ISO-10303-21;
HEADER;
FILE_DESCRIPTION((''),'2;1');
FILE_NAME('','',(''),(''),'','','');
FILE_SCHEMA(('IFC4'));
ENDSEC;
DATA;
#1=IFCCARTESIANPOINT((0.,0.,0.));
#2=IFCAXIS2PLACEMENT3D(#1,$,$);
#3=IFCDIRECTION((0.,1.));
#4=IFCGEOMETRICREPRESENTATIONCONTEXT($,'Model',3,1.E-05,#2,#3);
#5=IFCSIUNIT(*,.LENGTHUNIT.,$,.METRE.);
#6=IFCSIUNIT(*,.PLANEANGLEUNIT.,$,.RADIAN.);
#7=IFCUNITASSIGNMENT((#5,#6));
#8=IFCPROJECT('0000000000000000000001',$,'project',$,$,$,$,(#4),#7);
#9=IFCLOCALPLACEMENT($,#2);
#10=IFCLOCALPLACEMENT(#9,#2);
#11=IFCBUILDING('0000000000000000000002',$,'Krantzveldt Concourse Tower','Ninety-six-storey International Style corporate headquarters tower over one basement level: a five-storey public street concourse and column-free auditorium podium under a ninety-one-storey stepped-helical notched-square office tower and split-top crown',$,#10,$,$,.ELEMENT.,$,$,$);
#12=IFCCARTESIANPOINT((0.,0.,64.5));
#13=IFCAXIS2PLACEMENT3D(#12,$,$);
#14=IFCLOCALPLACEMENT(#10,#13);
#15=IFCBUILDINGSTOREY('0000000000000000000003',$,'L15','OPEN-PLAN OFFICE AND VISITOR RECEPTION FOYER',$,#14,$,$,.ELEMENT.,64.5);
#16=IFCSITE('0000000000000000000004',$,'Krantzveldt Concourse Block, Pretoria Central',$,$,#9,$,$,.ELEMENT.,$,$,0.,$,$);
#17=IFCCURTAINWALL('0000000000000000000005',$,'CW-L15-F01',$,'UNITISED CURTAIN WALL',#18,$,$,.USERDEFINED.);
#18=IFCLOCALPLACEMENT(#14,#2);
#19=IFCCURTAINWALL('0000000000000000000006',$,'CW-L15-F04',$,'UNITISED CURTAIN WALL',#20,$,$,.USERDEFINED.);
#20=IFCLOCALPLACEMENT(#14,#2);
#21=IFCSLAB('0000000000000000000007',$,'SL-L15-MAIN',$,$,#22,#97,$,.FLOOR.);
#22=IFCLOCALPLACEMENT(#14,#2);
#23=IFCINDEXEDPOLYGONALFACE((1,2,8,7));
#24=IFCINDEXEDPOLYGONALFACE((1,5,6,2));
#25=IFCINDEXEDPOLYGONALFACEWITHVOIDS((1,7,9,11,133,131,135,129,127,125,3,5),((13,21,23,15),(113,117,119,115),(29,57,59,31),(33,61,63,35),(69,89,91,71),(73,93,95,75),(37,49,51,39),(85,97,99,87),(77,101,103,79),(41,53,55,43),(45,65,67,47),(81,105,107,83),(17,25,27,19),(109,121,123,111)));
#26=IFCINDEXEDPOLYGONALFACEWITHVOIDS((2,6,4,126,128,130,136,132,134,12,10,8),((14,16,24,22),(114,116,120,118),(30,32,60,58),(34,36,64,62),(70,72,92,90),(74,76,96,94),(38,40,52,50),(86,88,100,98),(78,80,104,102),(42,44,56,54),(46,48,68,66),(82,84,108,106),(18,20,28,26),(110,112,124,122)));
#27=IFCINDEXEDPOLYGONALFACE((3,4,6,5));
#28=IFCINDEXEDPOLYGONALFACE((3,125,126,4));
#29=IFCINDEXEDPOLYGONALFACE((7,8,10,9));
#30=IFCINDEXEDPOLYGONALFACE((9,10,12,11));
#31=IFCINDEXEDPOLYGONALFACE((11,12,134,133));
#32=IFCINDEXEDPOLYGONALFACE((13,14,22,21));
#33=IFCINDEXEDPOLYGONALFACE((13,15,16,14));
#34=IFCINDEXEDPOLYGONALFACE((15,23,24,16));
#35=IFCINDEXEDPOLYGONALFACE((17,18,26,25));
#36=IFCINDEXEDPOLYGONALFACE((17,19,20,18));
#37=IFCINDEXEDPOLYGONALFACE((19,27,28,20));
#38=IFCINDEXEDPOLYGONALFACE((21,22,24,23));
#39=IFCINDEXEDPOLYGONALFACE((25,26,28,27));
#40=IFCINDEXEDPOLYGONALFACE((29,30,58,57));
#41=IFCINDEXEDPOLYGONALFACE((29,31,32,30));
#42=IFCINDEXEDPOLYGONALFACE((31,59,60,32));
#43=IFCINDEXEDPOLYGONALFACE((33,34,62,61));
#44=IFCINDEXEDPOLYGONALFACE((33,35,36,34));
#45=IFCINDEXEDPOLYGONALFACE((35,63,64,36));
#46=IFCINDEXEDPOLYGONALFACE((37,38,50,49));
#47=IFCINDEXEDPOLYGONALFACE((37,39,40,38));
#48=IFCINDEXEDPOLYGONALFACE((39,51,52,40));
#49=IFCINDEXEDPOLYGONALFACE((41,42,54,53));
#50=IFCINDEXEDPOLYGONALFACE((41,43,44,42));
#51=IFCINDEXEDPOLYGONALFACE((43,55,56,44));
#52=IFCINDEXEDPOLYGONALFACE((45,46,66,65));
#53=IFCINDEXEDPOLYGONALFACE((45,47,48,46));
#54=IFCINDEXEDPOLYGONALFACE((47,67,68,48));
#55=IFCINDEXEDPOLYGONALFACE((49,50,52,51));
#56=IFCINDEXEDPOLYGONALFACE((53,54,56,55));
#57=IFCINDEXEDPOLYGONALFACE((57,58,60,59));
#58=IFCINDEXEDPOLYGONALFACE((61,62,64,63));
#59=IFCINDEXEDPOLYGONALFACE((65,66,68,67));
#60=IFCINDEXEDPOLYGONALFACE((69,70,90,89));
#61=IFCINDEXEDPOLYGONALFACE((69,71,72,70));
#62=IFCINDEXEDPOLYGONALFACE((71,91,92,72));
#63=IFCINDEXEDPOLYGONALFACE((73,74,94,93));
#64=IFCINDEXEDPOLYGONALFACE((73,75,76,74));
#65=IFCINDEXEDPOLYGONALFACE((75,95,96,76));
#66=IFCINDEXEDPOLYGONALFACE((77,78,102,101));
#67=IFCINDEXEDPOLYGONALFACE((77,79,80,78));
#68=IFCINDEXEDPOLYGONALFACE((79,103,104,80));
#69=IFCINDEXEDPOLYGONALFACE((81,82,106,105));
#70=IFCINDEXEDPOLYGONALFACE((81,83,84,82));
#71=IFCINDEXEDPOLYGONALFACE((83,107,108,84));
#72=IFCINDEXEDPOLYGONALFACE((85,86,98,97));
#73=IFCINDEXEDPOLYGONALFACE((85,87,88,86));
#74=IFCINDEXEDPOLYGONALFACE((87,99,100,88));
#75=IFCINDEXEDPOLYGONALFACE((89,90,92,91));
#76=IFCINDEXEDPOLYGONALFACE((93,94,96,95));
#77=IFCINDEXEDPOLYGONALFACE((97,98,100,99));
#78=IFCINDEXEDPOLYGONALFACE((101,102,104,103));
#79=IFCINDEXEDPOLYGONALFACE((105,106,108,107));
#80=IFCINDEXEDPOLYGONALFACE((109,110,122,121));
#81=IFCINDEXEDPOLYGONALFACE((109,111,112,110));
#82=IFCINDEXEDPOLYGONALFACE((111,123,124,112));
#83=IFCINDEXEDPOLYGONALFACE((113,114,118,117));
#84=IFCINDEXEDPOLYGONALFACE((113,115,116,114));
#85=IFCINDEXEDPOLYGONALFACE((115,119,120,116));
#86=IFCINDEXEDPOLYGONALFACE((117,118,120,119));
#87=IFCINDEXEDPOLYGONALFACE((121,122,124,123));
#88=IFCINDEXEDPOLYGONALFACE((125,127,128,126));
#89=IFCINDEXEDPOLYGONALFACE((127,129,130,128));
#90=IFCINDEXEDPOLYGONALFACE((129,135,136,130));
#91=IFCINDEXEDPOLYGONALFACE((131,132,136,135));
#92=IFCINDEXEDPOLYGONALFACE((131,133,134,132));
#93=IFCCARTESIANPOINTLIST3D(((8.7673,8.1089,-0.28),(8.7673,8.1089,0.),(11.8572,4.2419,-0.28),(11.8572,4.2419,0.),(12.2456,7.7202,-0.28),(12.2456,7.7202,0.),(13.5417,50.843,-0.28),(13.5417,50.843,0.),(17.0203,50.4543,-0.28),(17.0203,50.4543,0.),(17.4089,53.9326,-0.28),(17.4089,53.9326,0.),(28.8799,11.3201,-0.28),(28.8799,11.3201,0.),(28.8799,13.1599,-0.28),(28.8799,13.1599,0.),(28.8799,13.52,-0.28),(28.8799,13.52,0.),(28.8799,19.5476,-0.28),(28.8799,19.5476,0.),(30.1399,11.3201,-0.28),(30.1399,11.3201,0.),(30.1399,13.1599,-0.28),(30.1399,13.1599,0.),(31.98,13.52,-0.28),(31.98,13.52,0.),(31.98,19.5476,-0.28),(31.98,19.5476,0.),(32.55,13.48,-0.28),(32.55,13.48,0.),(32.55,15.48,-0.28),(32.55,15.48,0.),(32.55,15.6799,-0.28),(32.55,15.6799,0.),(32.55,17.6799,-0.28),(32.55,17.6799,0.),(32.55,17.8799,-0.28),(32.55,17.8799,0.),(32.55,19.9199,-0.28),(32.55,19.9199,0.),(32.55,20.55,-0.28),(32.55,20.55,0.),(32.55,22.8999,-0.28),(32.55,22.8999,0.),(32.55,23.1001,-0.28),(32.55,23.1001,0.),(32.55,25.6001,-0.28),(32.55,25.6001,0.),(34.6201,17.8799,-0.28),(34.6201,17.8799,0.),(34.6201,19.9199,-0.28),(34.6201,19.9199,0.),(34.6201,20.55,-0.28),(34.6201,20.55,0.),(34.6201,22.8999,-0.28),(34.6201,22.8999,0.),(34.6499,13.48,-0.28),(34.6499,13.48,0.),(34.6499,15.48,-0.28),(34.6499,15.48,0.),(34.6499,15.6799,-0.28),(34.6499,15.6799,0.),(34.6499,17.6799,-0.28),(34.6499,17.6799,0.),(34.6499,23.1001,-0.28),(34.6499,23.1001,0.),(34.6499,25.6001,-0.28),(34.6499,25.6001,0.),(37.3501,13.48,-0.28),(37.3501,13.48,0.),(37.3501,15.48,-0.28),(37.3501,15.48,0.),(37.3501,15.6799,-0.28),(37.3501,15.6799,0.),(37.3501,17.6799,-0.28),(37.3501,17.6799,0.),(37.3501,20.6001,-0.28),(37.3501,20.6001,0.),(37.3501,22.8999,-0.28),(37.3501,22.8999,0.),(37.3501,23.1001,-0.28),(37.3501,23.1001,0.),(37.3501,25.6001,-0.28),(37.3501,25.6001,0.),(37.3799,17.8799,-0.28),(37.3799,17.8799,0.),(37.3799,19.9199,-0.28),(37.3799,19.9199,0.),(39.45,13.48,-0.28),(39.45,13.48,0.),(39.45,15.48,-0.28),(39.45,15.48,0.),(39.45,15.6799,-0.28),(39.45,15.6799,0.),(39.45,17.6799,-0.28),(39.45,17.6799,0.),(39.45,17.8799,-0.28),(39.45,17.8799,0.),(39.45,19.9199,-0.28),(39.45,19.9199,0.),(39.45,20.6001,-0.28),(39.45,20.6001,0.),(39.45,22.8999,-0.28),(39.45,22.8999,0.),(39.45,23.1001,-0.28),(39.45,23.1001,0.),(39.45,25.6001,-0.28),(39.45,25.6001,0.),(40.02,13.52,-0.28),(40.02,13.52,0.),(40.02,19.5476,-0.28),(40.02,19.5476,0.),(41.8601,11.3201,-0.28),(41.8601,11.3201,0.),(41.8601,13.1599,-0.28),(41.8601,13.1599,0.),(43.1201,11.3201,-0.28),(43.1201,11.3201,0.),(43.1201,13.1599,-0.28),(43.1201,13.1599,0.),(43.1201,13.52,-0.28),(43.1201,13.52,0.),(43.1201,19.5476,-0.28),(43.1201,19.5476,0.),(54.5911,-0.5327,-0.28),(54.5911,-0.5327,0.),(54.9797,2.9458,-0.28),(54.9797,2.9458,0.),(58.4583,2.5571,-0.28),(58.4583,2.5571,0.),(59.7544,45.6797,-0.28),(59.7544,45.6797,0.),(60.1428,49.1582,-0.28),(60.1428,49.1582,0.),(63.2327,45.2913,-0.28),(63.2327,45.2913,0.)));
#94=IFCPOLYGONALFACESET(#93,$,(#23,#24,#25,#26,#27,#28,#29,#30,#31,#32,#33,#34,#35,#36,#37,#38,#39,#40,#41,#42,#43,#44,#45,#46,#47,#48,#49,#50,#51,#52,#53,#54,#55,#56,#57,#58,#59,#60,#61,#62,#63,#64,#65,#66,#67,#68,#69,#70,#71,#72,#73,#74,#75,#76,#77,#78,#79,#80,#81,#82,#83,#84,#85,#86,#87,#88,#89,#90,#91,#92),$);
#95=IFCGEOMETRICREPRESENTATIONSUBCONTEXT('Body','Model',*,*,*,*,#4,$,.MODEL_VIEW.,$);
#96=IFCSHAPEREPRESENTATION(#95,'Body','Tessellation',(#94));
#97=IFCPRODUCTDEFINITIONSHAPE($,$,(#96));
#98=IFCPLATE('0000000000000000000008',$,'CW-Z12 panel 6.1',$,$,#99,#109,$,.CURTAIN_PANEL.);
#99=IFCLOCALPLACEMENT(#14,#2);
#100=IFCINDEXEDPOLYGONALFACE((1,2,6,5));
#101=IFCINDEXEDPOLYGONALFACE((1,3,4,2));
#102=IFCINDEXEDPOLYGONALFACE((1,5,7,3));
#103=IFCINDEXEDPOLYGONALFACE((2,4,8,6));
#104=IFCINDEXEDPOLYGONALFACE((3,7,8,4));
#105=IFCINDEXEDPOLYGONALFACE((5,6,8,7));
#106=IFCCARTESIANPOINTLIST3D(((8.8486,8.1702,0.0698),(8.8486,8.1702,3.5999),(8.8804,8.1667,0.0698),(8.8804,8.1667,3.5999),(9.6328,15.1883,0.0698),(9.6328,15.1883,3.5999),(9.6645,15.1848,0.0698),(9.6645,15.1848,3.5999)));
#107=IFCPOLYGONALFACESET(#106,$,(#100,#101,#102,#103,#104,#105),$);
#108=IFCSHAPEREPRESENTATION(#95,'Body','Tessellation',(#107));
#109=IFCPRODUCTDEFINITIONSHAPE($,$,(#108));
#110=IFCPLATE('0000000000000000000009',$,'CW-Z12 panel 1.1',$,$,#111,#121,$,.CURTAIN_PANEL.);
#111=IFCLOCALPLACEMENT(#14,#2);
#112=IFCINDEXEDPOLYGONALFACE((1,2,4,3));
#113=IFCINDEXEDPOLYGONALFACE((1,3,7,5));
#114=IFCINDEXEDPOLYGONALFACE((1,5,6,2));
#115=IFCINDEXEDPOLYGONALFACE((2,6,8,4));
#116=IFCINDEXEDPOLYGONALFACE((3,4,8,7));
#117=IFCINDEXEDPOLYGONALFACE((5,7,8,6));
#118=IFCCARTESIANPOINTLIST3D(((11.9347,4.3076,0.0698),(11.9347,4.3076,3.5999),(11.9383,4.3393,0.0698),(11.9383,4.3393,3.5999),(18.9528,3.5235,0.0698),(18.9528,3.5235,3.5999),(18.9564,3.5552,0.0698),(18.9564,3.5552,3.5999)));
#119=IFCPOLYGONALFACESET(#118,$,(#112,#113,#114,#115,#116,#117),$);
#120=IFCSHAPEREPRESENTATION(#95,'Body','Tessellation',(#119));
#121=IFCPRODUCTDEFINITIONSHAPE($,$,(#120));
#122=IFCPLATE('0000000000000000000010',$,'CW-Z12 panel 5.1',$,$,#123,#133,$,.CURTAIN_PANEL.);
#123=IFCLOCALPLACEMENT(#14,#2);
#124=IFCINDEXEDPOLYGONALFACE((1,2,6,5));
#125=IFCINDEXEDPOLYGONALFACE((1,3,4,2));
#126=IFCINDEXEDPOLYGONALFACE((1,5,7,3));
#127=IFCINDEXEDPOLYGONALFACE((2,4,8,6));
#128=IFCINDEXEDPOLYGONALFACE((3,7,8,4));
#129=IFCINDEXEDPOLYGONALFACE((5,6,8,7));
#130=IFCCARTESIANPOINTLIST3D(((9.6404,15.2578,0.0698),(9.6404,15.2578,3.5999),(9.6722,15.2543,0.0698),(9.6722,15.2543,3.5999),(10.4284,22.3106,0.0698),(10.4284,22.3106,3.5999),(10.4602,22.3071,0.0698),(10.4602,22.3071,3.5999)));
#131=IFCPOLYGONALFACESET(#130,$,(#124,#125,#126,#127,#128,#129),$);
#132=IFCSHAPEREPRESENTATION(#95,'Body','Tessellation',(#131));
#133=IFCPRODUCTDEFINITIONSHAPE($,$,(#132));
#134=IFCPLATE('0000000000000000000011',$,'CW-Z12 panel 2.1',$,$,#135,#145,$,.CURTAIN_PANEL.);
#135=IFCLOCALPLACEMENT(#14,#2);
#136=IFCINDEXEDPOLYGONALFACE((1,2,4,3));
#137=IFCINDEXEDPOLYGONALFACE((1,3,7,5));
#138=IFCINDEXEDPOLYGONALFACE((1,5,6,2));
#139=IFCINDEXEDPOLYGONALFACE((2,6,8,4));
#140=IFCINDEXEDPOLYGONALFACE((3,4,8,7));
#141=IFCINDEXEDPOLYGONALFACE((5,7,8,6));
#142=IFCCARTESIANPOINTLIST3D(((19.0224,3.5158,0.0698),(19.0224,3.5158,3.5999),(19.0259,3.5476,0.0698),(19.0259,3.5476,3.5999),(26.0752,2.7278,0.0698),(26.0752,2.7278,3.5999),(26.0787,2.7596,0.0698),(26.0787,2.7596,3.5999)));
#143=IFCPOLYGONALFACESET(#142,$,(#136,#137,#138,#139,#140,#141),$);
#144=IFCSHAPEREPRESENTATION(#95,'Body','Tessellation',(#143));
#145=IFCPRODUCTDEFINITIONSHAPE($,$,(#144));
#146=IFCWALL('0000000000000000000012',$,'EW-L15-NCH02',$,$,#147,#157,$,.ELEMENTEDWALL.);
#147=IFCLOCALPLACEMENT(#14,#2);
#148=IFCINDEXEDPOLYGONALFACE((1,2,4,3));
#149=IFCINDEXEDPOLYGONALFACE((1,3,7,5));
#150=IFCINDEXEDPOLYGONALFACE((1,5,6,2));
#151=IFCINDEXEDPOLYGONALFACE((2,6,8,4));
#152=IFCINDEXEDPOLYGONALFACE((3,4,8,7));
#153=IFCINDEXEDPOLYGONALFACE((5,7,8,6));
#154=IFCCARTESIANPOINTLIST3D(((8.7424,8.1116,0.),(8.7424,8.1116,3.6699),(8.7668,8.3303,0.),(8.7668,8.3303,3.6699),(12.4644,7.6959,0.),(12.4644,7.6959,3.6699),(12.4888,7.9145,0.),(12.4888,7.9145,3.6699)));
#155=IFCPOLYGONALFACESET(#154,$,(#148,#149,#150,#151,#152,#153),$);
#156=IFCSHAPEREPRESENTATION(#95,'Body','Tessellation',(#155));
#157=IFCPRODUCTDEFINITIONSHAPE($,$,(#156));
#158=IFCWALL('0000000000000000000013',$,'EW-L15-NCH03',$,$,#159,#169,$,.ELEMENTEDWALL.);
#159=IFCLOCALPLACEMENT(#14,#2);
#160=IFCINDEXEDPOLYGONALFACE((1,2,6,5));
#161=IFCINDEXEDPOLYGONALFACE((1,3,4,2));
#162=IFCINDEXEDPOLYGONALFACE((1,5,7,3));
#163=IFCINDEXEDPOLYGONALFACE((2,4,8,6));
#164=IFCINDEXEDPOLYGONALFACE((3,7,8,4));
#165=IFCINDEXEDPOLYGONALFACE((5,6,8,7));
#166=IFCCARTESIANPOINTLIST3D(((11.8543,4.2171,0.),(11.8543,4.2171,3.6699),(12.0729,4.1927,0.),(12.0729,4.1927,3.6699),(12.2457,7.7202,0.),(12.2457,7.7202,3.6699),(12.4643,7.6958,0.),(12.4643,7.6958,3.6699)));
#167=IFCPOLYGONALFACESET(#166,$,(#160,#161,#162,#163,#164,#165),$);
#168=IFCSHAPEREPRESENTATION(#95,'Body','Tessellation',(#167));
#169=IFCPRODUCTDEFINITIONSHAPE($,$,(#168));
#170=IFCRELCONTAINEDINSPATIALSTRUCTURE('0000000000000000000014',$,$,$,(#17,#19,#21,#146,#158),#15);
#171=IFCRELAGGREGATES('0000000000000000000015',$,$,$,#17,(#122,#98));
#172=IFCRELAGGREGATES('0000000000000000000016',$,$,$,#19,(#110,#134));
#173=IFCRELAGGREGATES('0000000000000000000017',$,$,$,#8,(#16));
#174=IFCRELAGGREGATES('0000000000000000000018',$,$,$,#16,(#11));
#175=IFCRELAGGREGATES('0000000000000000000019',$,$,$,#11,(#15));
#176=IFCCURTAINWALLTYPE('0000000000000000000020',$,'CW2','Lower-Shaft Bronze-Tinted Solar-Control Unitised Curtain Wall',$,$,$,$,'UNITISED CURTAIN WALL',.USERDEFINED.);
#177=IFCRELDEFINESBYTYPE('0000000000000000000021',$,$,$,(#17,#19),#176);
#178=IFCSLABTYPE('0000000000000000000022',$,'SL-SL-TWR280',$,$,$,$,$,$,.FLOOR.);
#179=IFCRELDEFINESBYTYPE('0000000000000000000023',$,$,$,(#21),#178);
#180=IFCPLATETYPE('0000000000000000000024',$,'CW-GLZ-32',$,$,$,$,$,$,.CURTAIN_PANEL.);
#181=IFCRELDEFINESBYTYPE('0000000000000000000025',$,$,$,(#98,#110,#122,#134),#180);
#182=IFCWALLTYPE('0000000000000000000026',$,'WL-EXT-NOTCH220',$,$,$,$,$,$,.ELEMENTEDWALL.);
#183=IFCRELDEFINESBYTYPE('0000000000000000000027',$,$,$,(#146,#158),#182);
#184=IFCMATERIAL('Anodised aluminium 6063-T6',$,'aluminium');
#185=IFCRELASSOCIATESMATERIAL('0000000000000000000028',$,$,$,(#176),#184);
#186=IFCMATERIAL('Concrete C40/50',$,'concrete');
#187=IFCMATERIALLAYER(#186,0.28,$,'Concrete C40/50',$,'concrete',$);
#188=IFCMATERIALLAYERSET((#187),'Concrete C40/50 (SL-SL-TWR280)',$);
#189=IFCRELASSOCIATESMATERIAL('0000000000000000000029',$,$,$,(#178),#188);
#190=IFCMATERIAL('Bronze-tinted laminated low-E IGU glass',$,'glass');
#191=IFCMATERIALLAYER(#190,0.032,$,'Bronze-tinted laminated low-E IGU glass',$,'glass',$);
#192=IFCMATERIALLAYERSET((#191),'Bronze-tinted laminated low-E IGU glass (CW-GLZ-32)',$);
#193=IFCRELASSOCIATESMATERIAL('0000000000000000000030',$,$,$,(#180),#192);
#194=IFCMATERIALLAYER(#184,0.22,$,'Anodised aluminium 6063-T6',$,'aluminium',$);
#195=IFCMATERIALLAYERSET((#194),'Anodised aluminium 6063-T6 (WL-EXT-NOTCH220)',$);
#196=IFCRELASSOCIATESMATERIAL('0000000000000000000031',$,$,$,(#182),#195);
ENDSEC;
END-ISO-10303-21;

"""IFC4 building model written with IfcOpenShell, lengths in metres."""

from ifc_helpers import new_model, si_unit, direction, frame, frame_2d, origin, origin_2d, place, context, subcontext, project, spatial, polyline, rectangle, outline, extrude, source, transform, mapped, material, layer, layer_set, type_object, type_shapes, element, aggregate, save


model = new_model("IFC4")

# Units and contexts
model_context = context("Model", 3, precision=1e-05, world=origin(), true_north=direction((0.0, 1.0)))
body_context = subcontext(model_context, "Body", "Model", "MODEL_VIEW")
ifc_project = project(units=[si_unit("LENGTHUNIT", "METRE"), si_unit("PLANEANGLEUNIT", "RADIAN")], contexts=[model_context])

# Site, building, storey
site_placement = place(None, origin())
site = spatial("IfcSite", under=ifc_project, at=site_placement, Name="Krantzveldt Concourse Block, Pretoria Central", CompositionType="ELEMENT", RefElevation=0.0)
building_placement = place(site_placement, origin())
building = spatial("IfcBuilding", under=site, at=building_placement, Name="Krantzveldt Concourse Tower", Description="Ninety-six-storey International Style corporate headquarters tower over one basement level: a five-storey public street concourse and column-free auditorium podium under a ninety-one-storey stepped-helical notched-square office tower and split-top crown", CompositionType="ELEMENT")
storey_placement = place(building_placement, frame((0.0, 0.0, 64.5)))
storey = spatial("IfcBuildingStorey", under=building, at=storey_placement, Name="L15", Description="OPEN-PLAN OFFICE AND VISITOR RECEPTION FOYER", CompositionType="ELEMENT", Elevation=64.5)

# Curtain walls
ifc_material_1 = material(Name="Anodised aluminium 6063-T6", Category="aluminium")
curtain_wall_type = type_object("IfcCurtainWallType", Name="CW2", Description="Lower-Shaft Bronze-Tinted Solar-Control Unitised Curtain Wall", ElementType="UNITISED CURTAIN WALL", PredefinedType="USERDEFINED", material=ifc_material_1)
curtain_wall_1_placement = place(storey_placement, origin())
curtain_wall_1 = element("IfcCurtainWall", 1, at=curtain_wall_1_placement, inside=storey, type_object=curtain_wall_type, Name="CW-L15-F01", ObjectType="UNITISED CURTAIN WALL", PredefinedType="USERDEFINED")
curtain_wall_2_placement = place(storey_placement, origin())
curtain_wall_2 = element("IfcCurtainWall", 2, at=curtain_wall_2_placement, inside=storey, type_object=curtain_wall_type, Name="CW-L15-F04", ObjectType="UNITISED CURTAIN WALL", PredefinedType="USERDEFINED")

# Slab
ifc_material_2 = material(Name="Concrete C40/50", Category="concrete")
ifc_layer_1 = layer(ifc_material_2, 0.28, Name="Concrete C40/50", Category="concrete")
ifc_layer_set_1 = layer_set([ifc_layer_1], Name="Concrete C40/50 (SL-SL-TWR280)")
slab_type_1 = type_object("IfcSlabType", Name="SL-SL-TWR280", PredefinedType="FLOOR", material=ifc_layer_set_1)
slab_1_placement = place(storey_placement, frame((0.0, 0.0, -0.28)))
element("IfcSlab", 3, at=slab_1_placement, inside=storey, type_object=slab_type_1, Name="SL-L15-MAIN", PredefinedType="FLOOR", context=body_context, shape_type="SweptSolid", body=[
    extrude(outline(polyline([(17.0203, 50.4543), (13.5417, 50.843), (8.7673, 8.1089), (12.2456, 7.7202), (11.8572, 4.2419), (54.5911, -0.5327), (54.9797, 2.9458), (58.4583, 2.5571), (63.2327, 45.2913), (59.7544, 45.6797), (60.1428, 49.1582), (17.4089, 53.9326), (17.0203, 50.4543)]), holes=[polyline([(28.8799, 19.5476), (28.8799, 13.52), (31.98, 13.52), (31.98, 19.5476), (28.8799, 19.5476)]), polyline([(40.02, 19.5476), (40.02, 13.52), (43.1201, 13.52), (43.1201, 19.5476), (40.02, 19.5476)]), polyline([(32.55, 23.1001), (34.6499, 23.1001), (34.6499, 25.6001), (32.55, 25.6001), (32.55, 23.1001)]), polyline([(37.3501, 23.1001), (39.45, 23.1001), (39.45, 25.6001), (37.3501, 25.6001), (37.3501, 23.1001)]), polyline([(37.3501, 20.6001), (39.45, 20.6001), (39.45, 22.8999), (37.3501, 22.8999), (37.3501, 20.6001)]), polyline([(32.55, 13.48), (34.6499, 13.48), (34.6499, 15.48), (32.55, 15.48), (32.55, 13.48)]), polyline([(32.55, 15.6799), (34.6499, 15.6799), (34.6499, 17.6799), (32.55, 17.6799), (32.55, 15.6799)]), polyline([(37.3501, 13.48), (39.45, 13.48), (39.45, 15.48), (37.3501, 15.48), (37.3501, 13.48)]), polyline([(37.3501, 15.6799), (39.45, 15.6799), (39.45, 17.6799), (37.3501, 17.6799), (37.3501, 15.6799)]), polyline([(32.55, 20.55), (34.6201, 20.55), (34.6201, 22.8999), (32.55, 22.8999), (32.55, 20.55)]), polyline([(32.55, 17.8799), (34.6201, 17.8799), (34.6201, 19.9199), (32.55, 19.9199), (32.55, 17.8799)]), polyline([(37.3799, 17.8799), (39.45, 17.8799), (39.45, 19.9199), (37.3799, 19.9199), (37.3799, 17.8799)]), polyline([(28.8799, 11.3201), (30.1399, 11.3201), (30.1399, 13.1599), (28.8799, 13.1599), (28.8799, 11.3201)]), polyline([(41.8601, 11.3201), (43.1201, 11.3201), (43.1201, 13.1599), (41.8601, 13.1599), (41.8601, 11.3201)])]), origin(), (0.0, 0.0, 1.0), 0.28),
])

# Plates
ifc_material_3 = material(Name="Bronze-tinted laminated low-E IGU glass", Category="glass")
ifc_layer_2 = layer(ifc_material_3, 0.032, Name="Bronze-tinted laminated low-E IGU glass", Category="glass")
ifc_layer_set_2 = layer_set([ifc_layer_2], Name="Bronze-tinted laminated low-E IGU glass (CW-GLZ-32)")
plate_type = type_object("IfcPlateType", Name="CW-GLZ-32", PredefinedType="CURTAIN_PANEL", material=ifc_layer_set_2)
shared_shape_1 = source(origin(), body_context, "Body", "SweptSolid", [
    extrude(rectangle(XDim=7.0618, YDim=0.032, at=origin_2d()), origin(), (0.0, 0.0, 1.0), 3.53),
])
plate_1_placement = place(storey_placement, frame((9.2566, 11.6775, 0.0698), z_axis=(0.0, 0.0, 1.0), x_axis=(-0.111035, -0.993816, 0.0)))
plate_1 = element("IfcPlate", 4, at=plate_1_placement, type_object=plate_type, Name="CW-Z12 panel 6.1", PredefinedType="CURTAIN_PANEL", context=body_context, shape_type="MappedRepresentation", body=[
    mapped(shared_shape_1, transform((0.0, 0.0, 0.0), x_axis=(1.0, 0.0, 0.0), y_axis=(0.0, 1.0, 0.0), z_axis=(0.0, 0.0, 1.0), scale=1.0)),
])
plate_2_placement = place(storey_placement, frame((15.4456, 3.9314, 0.0698), z_axis=(0.0, 0.0, 1.0), x_axis=(0.993816, -0.111035, 0.0)))
plate_2 = element("IfcPlate", 5, at=plate_2_placement, type_object=plate_type, Name="CW-Z12 panel 1.1", PredefinedType="CURTAIN_PANEL", context=body_context, shape_type="MappedRepresentation", body=[
    mapped(shared_shape_1, transform((0.0, 0.0, 0.0), x_axis=(1.0, 0.0, 0.0), y_axis=(0.0, 1.0, 0.0), z_axis=(0.0, 0.0, 1.0), scale=1.0)),
])
shared_shape_2 = source(origin(), body_context, "Body", "SweptSolid", [
    extrude(rectangle(XDim=7.0967, YDim=0.032, at=origin_2d()), origin(), (0.0, 0.0, 1.0), 3.53),
])
type_shapes(plate_type, [shared_shape_1, shared_shape_2])
plate_3_placement = place(storey_placement, frame((10.0503, 18.7825, 0.0698), z_axis=(0.0, 0.0, 1.0), x_axis=(-0.111035, -0.993816, 0.0)))
plate_3 = element("IfcPlate", 6, at=plate_3_placement, type_object=plate_type, Name="CW-Z12 panel 5.1", PredefinedType="CURTAIN_PANEL", context=body_context, shape_type="MappedRepresentation", body=[
    mapped(shared_shape_2, transform((0.0, 0.0, 0.0), x_axis=(1.0, 0.0, 0.0), y_axis=(0.0, 1.0, 0.0), z_axis=(0.0, 0.0, 1.0), scale=1.0)),
])
aggregate(curtain_wall_1, [plate_3, plate_1])
plate_4_placement = place(storey_placement, frame((22.5505, 3.1377, 0.0698), z_axis=(0.0, 0.0, 1.0), x_axis=(0.993816, -0.111035, 0.0)))
plate_4 = element("IfcPlate", 7, at=plate_4_placement, type_object=plate_type, Name="CW-Z12 panel 2.1", PredefinedType="CURTAIN_PANEL", context=body_context, shape_type="MappedRepresentation", body=[
    mapped(shared_shape_2, transform((0.0, 0.0, 0.0), x_axis=(1.0, 0.0, 0.0), y_axis=(0.0, 1.0, 0.0), z_axis=(0.0, 0.0, 1.0), scale=1.0)),
])
aggregate(curtain_wall_2, [plate_2, plate_4])

# Walls
ifc_layer_3 = layer(ifc_material_1, 0.22, Name="Anodised aluminium 6063-T6", Category="aluminium")
ifc_layer_set_3 = layer_set([ifc_layer_3], Name="Anodised aluminium 6063-T6 (WL-EXT-NOTCH220)")
wall_type = type_object("IfcWallType", Name="WL-EXT-NOTCH220", PredefinedType="ELEMENTEDWALL", material=ifc_layer_set_3)
wall_1_placement = place(storey_placement, frame((8.7546, 8.2209, 0.0), z_axis=(0.0, 0.0, 1.0), x_axis=(0.993818, -0.111018, 0.0)))
element("IfcWall", 8, at=wall_1_placement, inside=storey, type_object=wall_type, Name="EW-L15-NCH02", PredefinedType="ELEMENTEDWALL", context=body_context, shape_type="SweptSolid", body=[
    extrude(rectangle(XDim=3.7451, YDim=0.22, at=frame_2d((1.8726, 0.0))), origin(), (0.0, 0.0, 1.0), 3.6699),
])
wall_2_placement = place(storey_placement, frame((12.355, 7.708, 0.0), z_axis=(0.0, 0.0, 1.0), x_axis=(-0.111024, -0.993818, 0.0)))
element("IfcWall", 9, at=wall_2_placement, inside=storey, type_object=wall_type, Name="EW-L15-NCH03", PredefinedType="ELEMENTEDWALL", context=body_context, shape_type="SweptSolid", body=[
    extrude(rectangle(XDim=3.5249, YDim=0.22, at=frame_2d((1.7625, 0.0))), origin(), (0.0, 0.0, 1.0), 3.6699),
])

save(model, "model.ifc")
